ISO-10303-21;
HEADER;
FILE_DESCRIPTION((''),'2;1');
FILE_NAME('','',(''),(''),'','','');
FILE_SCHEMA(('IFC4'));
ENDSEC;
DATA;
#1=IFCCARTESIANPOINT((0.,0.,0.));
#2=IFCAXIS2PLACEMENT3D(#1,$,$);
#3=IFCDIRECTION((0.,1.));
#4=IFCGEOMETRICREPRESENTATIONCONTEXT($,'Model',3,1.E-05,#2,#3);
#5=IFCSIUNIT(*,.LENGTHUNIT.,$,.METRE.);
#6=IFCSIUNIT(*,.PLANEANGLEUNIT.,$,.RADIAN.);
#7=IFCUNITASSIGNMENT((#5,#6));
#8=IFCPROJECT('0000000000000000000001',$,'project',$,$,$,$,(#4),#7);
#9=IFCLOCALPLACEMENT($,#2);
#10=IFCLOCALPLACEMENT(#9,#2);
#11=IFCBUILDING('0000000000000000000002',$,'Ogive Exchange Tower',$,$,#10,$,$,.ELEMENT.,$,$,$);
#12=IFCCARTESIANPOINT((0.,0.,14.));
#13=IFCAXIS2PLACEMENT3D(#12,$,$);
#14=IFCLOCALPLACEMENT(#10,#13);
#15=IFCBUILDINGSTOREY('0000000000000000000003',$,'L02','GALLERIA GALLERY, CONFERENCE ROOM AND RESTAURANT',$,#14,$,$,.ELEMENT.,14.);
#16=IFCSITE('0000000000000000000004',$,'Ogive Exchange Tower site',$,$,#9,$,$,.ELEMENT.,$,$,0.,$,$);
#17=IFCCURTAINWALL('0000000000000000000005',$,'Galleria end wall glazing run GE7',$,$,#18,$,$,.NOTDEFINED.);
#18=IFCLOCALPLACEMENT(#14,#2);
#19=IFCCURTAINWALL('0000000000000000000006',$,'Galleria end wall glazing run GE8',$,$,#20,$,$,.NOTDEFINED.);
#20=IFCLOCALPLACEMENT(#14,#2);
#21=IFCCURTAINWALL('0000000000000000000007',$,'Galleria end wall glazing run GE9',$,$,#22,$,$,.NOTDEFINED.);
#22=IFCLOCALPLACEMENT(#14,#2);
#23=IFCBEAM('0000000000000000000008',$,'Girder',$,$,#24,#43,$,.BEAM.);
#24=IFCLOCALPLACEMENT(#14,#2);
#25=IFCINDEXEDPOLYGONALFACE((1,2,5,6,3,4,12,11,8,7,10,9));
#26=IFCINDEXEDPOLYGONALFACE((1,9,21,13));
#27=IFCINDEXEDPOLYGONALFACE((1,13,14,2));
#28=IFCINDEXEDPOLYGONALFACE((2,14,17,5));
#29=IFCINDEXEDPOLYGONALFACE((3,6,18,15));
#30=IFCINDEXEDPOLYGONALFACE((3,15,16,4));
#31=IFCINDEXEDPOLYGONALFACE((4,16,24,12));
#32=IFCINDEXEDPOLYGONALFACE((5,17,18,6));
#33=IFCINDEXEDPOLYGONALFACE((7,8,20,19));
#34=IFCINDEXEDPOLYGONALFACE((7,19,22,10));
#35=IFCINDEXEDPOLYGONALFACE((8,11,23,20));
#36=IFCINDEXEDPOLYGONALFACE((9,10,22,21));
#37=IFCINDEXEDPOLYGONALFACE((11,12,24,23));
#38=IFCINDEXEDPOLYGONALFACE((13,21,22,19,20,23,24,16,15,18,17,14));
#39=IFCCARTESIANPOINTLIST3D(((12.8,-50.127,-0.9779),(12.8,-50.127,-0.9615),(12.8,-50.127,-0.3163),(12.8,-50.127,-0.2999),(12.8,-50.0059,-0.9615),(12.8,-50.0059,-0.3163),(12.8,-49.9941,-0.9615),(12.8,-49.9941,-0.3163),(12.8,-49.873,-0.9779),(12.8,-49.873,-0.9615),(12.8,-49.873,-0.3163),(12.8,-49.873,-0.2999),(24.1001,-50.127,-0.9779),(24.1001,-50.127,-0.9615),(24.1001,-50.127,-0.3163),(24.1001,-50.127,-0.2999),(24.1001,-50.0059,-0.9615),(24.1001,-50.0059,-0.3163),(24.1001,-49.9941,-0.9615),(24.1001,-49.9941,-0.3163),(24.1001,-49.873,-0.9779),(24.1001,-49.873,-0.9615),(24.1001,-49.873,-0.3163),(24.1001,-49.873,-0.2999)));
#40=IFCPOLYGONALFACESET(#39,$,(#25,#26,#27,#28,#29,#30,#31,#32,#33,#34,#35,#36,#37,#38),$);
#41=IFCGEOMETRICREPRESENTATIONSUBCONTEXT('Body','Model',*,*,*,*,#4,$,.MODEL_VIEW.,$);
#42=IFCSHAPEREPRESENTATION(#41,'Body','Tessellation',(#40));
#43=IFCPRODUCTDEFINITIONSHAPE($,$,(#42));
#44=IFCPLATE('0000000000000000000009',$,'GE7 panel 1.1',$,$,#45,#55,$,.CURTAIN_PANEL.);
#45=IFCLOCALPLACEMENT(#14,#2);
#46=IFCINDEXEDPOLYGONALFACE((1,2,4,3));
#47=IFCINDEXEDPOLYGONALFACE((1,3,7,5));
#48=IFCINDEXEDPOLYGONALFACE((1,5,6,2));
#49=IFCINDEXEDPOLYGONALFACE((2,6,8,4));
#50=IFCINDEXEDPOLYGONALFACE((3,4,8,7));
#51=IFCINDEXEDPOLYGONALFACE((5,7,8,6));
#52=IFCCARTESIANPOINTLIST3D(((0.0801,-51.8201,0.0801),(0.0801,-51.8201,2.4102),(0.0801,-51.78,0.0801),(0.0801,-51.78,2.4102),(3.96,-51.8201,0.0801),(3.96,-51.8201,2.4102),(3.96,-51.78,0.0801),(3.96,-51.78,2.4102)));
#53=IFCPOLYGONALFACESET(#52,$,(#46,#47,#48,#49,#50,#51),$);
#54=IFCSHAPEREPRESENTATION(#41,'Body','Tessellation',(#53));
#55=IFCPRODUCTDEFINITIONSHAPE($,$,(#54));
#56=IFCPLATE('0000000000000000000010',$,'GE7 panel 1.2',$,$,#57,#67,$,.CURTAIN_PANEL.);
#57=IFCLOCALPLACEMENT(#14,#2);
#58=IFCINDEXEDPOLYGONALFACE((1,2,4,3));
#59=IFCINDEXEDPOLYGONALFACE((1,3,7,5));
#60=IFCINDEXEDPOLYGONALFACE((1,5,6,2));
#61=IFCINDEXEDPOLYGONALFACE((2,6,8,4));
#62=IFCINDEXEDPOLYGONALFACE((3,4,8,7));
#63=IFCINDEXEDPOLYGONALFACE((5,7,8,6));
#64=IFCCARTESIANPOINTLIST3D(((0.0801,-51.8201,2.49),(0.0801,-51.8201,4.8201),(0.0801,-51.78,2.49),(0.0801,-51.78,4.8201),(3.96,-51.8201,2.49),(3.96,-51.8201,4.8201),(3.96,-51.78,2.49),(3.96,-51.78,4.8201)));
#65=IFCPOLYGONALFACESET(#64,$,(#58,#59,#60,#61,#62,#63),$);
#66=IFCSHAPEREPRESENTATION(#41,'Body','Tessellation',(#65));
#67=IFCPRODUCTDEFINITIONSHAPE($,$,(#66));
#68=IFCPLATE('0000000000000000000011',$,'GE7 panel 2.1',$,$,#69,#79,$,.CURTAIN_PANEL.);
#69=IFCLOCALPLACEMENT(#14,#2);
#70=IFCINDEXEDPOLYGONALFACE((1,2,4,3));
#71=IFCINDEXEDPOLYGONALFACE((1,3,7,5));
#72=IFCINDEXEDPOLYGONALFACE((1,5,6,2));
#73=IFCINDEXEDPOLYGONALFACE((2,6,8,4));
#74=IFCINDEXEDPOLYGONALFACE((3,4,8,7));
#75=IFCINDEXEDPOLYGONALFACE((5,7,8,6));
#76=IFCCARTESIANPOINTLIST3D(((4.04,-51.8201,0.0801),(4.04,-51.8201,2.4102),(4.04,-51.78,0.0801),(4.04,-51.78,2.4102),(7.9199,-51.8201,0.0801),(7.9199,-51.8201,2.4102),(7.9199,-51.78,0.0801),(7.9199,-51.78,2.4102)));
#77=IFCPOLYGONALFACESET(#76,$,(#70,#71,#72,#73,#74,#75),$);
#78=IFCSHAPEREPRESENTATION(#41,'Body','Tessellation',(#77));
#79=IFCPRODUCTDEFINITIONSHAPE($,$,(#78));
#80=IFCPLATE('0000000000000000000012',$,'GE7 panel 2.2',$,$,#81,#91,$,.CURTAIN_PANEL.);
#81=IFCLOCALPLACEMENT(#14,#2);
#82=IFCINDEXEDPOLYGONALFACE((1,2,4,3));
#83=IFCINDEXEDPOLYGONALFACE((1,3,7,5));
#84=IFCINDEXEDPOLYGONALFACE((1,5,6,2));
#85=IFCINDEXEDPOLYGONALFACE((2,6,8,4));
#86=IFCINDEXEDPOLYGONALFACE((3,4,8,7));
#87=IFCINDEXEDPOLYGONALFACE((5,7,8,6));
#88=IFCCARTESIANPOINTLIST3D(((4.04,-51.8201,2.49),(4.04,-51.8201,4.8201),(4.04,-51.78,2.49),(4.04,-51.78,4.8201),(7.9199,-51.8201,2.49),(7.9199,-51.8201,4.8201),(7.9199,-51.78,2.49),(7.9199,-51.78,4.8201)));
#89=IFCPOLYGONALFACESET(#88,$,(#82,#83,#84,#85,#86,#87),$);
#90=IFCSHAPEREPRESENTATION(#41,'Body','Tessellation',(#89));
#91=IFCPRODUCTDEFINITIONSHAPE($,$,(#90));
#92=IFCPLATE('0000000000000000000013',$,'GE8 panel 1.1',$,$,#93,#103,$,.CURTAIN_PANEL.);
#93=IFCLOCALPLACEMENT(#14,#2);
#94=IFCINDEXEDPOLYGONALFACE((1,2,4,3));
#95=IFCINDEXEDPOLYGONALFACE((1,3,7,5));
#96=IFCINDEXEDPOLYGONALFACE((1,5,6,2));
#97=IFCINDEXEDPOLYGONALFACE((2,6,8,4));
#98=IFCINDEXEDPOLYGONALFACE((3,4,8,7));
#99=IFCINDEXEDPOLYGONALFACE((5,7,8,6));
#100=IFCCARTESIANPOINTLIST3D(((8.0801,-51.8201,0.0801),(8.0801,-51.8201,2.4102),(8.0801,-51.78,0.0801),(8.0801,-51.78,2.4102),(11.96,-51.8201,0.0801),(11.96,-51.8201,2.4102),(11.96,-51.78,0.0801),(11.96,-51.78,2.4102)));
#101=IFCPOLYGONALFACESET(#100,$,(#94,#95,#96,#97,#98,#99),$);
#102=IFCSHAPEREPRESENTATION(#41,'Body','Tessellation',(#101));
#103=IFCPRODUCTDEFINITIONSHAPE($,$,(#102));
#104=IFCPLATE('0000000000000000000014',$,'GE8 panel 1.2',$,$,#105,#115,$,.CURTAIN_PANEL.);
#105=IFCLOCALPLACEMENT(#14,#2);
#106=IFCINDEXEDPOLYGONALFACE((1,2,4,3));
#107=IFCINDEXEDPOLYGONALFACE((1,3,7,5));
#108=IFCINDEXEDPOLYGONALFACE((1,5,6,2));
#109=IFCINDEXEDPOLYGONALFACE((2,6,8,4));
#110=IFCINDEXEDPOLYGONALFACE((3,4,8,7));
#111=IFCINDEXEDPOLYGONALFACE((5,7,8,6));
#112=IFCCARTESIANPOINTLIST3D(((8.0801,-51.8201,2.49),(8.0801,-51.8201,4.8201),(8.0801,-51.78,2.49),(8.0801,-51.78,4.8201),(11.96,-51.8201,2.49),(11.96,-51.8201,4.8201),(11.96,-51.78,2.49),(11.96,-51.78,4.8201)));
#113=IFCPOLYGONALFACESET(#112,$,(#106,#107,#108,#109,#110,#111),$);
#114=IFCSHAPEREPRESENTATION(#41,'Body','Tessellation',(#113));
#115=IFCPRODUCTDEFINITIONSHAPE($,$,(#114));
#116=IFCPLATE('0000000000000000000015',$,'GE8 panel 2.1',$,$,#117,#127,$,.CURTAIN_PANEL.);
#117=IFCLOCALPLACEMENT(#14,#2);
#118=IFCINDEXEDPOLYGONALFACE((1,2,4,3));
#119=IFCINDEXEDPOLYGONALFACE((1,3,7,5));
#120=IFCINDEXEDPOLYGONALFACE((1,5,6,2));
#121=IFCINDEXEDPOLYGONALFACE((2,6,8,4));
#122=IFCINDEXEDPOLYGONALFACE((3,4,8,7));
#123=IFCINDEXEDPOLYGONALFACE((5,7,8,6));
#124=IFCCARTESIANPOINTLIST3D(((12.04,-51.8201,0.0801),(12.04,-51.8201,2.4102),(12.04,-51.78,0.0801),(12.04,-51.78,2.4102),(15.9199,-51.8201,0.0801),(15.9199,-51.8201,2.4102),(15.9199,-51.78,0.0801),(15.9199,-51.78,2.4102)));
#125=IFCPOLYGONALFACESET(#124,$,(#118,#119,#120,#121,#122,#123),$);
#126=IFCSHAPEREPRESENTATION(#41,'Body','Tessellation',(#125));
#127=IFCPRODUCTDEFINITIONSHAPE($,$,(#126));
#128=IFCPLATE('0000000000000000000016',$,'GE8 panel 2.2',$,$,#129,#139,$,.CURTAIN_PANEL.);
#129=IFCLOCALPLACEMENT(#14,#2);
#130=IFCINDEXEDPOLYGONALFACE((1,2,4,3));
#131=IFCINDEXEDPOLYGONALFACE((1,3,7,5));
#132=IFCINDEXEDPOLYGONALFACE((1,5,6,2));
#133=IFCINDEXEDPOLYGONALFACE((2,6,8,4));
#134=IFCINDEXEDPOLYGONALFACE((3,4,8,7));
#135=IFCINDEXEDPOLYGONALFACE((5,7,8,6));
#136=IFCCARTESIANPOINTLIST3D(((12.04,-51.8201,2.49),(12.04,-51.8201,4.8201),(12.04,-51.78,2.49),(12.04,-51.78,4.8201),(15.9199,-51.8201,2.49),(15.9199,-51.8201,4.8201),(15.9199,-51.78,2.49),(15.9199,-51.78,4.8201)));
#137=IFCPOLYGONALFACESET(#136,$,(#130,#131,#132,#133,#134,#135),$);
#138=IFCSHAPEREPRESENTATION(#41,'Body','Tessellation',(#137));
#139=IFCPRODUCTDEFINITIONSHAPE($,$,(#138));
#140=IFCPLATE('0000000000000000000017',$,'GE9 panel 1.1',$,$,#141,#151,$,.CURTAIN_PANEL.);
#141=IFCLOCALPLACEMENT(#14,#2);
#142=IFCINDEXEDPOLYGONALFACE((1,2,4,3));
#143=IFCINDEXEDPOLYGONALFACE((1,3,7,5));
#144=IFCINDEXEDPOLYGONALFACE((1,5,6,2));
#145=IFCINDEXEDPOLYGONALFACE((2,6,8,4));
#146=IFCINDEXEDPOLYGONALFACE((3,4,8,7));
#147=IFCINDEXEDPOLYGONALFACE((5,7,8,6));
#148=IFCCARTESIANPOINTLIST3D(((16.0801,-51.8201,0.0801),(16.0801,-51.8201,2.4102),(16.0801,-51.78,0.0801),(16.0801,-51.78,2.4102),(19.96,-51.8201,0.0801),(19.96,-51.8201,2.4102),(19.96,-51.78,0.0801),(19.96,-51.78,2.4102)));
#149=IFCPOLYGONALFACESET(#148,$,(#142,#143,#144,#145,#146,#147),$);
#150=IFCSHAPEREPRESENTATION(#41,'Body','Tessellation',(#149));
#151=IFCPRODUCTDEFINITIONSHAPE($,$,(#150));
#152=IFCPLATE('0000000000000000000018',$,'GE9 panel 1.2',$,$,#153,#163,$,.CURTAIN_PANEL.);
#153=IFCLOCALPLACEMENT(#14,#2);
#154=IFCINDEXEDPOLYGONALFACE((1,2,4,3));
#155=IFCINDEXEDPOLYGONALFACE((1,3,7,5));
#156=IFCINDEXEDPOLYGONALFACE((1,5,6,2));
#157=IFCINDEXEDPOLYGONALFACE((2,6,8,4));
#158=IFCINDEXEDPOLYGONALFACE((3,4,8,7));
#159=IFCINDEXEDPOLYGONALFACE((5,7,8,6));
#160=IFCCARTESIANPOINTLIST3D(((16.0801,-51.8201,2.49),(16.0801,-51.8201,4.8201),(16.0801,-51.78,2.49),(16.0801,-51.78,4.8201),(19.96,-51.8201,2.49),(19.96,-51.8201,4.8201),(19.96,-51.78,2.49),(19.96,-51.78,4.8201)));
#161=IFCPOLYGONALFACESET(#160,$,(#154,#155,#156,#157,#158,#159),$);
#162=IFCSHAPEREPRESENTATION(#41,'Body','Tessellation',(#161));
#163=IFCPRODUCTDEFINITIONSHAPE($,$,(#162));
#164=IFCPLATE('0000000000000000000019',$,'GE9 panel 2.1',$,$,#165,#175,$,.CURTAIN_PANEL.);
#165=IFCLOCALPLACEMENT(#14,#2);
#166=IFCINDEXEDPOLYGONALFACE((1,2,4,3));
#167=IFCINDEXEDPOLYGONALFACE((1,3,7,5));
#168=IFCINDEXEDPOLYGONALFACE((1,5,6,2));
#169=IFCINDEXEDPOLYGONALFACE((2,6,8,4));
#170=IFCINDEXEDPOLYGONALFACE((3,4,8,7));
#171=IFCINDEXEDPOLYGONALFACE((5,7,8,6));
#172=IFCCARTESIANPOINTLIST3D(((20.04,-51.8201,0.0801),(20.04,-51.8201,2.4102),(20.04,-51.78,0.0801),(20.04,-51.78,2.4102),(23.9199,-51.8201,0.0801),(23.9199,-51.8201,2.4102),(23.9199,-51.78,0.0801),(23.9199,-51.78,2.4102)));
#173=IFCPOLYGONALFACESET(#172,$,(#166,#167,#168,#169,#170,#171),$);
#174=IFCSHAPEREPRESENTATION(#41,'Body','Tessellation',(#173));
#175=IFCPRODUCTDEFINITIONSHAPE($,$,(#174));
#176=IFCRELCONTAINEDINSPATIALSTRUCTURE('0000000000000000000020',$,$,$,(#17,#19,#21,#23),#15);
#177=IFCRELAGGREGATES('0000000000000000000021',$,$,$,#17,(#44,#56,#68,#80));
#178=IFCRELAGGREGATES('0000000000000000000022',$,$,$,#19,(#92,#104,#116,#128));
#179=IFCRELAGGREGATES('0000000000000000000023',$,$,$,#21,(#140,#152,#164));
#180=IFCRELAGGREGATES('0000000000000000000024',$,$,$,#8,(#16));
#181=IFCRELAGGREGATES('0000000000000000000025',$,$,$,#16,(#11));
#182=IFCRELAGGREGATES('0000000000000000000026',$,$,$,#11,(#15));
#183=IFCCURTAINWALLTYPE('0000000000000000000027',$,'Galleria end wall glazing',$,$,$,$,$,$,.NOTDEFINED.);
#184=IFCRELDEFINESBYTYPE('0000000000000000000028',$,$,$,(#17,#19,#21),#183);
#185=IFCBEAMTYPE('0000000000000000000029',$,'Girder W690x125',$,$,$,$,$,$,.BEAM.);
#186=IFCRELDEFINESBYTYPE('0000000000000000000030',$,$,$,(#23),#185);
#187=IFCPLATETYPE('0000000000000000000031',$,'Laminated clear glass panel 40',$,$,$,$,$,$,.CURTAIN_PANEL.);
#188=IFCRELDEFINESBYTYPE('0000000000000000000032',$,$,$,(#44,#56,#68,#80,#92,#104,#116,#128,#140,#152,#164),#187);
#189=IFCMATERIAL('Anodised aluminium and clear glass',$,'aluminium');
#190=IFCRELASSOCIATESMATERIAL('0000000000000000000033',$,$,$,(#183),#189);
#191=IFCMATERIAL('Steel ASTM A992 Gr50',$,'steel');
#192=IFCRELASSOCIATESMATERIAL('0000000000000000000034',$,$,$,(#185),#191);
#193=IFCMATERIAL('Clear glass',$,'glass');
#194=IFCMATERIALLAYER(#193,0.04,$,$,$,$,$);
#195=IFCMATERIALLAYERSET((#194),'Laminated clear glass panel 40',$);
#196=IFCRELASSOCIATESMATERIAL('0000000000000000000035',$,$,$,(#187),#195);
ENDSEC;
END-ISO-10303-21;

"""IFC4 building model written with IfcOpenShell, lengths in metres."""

from ifc_helpers import new_model, si_unit, direction, frame, origin, origin_2d, place, context, subcontext, project, spatial, rectangle, i_section, extrude, material, layer, layer_set, material_profile, profile_set, type_object, element, aggregate, save


model = new_model("IFC4")

# Units and contexts
model_context = context("Model", 3, precision=1e-05, world=origin(), true_north=direction((0.0, 1.0)))
body_context = subcontext(model_context, "Body", "Model", "MODEL_VIEW")
ifc_project = project(units=[si_unit("LENGTHUNIT", "METRE"), si_unit("PLANEANGLEUNIT", "RADIAN")], contexts=[model_context])

# Site, building, storey
site_placement = place(None, origin())
site = spatial("IfcSite", under=ifc_project, at=site_placement, Name="Ogive Exchange Tower site", CompositionType="ELEMENT", RefElevation=0.0)
building_placement = place(site_placement, origin())
building = spatial("IfcBuilding", under=site, at=building_placement, Name="Ogive Exchange Tower", CompositionType="ELEMENT")
storey_placement = place(building_placement, frame((0.0, 0.0, 14.0)))
storey = spatial("IfcBuildingStorey", under=building, at=storey_placement, Name="L02", Description="GALLERIA GALLERY, CONFERENCE ROOM AND RESTAURANT", CompositionType="ELEMENT", Elevation=14.0)

# Curtain walls
ifc_material_1 = material(Name="Anodised aluminium and clear glass", Category="aluminium")
curtain_wall_type = type_object("IfcCurtainWallType", Name="Galleria end wall glazing", PredefinedType="NOTDEFINED", material=ifc_material_1)
curtain_wall_1_placement = place(storey_placement, origin())
curtain_wall_1 = element("IfcCurtainWall", 1, at=curtain_wall_1_placement, inside=storey, type_object=curtain_wall_type, Name="Galleria end wall glazing run GE7", PredefinedType="NOTDEFINED")
curtain_wall_2_placement = place(storey_placement, origin())
curtain_wall_2 = element("IfcCurtainWall", 2, at=curtain_wall_2_placement, inside=storey, type_object=curtain_wall_type, Name="Galleria end wall glazing run GE8", PredefinedType="NOTDEFINED")
curtain_wall_3_placement = place(storey_placement, origin())
curtain_wall_3 = element("IfcCurtainWall", 3, at=curtain_wall_3_placement, inside=storey, type_object=curtain_wall_type, Name="Galleria end wall glazing run GE9", PredefinedType="NOTDEFINED")

# Beam
ifc_material_2 = material(Name="Steel ASTM A992 Gr50", Category="steel")
ifc_material_profile_1 = material_profile(ifc_material_2, i_section(OverallWidth=0.2539, OverallDepth=0.678, WebThickness=0.0117, FlangeThickness=0.0164, at=origin_2d()), Name="W690x125")
ifc_profile_set_1 = profile_set([ifc_material_profile_1], Name="Steel ASTM A992 Gr50")
beam_type = type_object("IfcBeamType", Name="Girder W690x125", PredefinedType="BEAM", material=ifc_profile_set_1)
for number, where, z_axis, x_axis, name in (
    (4, (12.8, -50.0, -0.6389), (1.0, 0.0, 0.0), (0.0, 1.0, 0.0), "Girder"),
):
    element("IfcBeam", number, at=place(storey_placement, frame(where, z_axis=z_axis, x_axis=x_axis)), inside=storey, type_object=beam_type, Name=name, PredefinedType="BEAM", context=body_context, shape_type="SweptSolid", body=[
        extrude(i_section(OverallWidth=0.2539, OverallDepth=0.678, WebThickness=0.0117, FlangeThickness=0.0164, at=origin_2d()), origin(), (0.0, 0.0, 1.0), 11.3),
    ])

# Plates
ifc_material_3 = material(Name="Clear glass", Category="glass")
ifc_layer = layer(ifc_material_3, 0.04)
ifc_layer_set = layer_set([ifc_layer], Name="Laminated clear glass panel 40")
plate_type = type_object("IfcPlateType", Name="Laminated clear glass panel 40", PredefinedType="CURTAIN_PANEL", material=ifc_layer_set)
plate_1_placement = place(storey_placement, frame((2.02, -51.8, 0.0801), z_axis=(0.0, 0.0, 1.0), x_axis=(1.0, 0.0, 0.0)))
plate_1 = element("IfcPlate", 5, at=plate_1_placement, type_object=plate_type, Name="GE7 panel 1.1", PredefinedType="CURTAIN_PANEL", context=body_context, shape_type="SweptSolid", body=[
    extrude(rectangle(XDim=3.8799, YDim=0.04, at=origin_2d()), origin(), (0.0, 0.0, 1.0), 2.3301),
])
plate_2_placement = place(storey_placement, frame((2.02, -51.8, 2.49), z_axis=(0.0, 0.0, 1.0), x_axis=(1.0, 0.0, 0.0)))
plate_2 = element("IfcPlate", 6, at=plate_2_placement, type_object=plate_type, Name="GE7 panel 1.2", PredefinedType="CURTAIN_PANEL", context=body_context, shape_type="SweptSolid", body=[
    extrude(rectangle(XDim=3.8799, YDim=0.04, at=origin_2d()), origin(), (0.0, 0.0, 1.0), 2.3301),
])
plate_3_placement = place(storey_placement, frame((5.98, -51.8, 0.0801), z_axis=(0.0, 0.0, 1.0), x_axis=(1.0, 0.0, 0.0)))
plate_3 = element("IfcPlate", 7, at=plate_3_placement, type_object=plate_type, Name="GE7 panel 2.1", PredefinedType="CURTAIN_PANEL", context=body_context, shape_type="SweptSolid", body=[
    extrude(rectangle(XDim=3.8799, YDim=0.04, at=origin_2d()), origin(), (0.0, 0.0, 1.0), 2.3301),
])
plate_4_placement = place(storey_placement, frame((5.98, -51.8, 2.49), z_axis=(0.0, 0.0, 1.0), x_axis=(1.0, 0.0, 0.0)))
plate_4 = element("IfcPlate", 8, at=plate_4_placement, type_object=plate_type, Name="GE7 panel 2.2", PredefinedType="CURTAIN_PANEL", context=body_context, shape_type="SweptSolid", body=[
    extrude(rectangle(XDim=3.8799, YDim=0.04, at=origin_2d()), origin(), (0.0, 0.0, 1.0), 2.3301),
])
aggregate(curtain_wall_1, [plate_1, plate_2, plate_3, plate_4])
plate_5_placement = place(storey_placement, frame((10.02, -51.8, 0.0801), z_axis=(0.0, 0.0, 1.0), x_axis=(1.0, 0.0, 0.0)))
plate_5 = element("IfcPlate", 9, at=plate_5_placement, type_object=plate_type, Name="GE8 panel 1.1", PredefinedType="CURTAIN_PANEL", context=body_context, shape_type="SweptSolid", body=[
    extrude(rectangle(XDim=3.8799, YDim=0.04, at=origin_2d()), origin(), (0.0, 0.0, 1.0), 2.3301),
])
plate_6_placement = place(storey_placement, frame((10.02, -51.8, 2.49), z_axis=(0.0, 0.0, 1.0), x_axis=(1.0, 0.0, 0.0)))
plate_6 = element("IfcPlate", 10, at=plate_6_placement, type_object=plate_type, Name="GE8 panel 1.2", PredefinedType="CURTAIN_PANEL", context=body_context, shape_type="SweptSolid", body=[
    extrude(rectangle(XDim=3.8799, YDim=0.04, at=origin_2d()), origin(), (0.0, 0.0, 1.0), 2.3301),
])
plate_7_placement = place(storey_placement, frame((13.98, -51.8, 0.0801), z_axis=(0.0, 0.0, 1.0), x_axis=(1.0, 0.0, 0.0)))
plate_7 = element("IfcPlate", 11, at=plate_7_placement, type_object=plate_type, Name="GE8 panel 2.1", PredefinedType="CURTAIN_PANEL", context=body_context, shape_type="SweptSolid", body=[
    extrude(rectangle(XDim=3.8799, YDim=0.04, at=origin_2d()), origin(), (0.0, 0.0, 1.0), 2.3301),
])
plate_8_placement = place(storey_placement, frame((13.98, -51.8, 2.49), z_axis=(0.0, 0.0, 1.0), x_axis=(1.0, 0.0, 0.0)))
plate_8 = element("IfcPlate", 12, at=plate_8_placement, type_object=plate_type, Name="GE8 panel 2.2", PredefinedType="CURTAIN_PANEL", context=body_context, shape_type="SweptSolid", body=[
    extrude(rectangle(XDim=3.8799, YDim=0.04, at=origin_2d()), origin(), (0.0, 0.0, 1.0), 2.3301),
])
aggregate(curtain_wall_2, [plate_5, plate_6, plate_7, plate_8])
plate_9_placement = place(storey_placement, frame((18.02, -51.8, 0.0801), z_axis=(0.0, 0.0, 1.0), x_axis=(1.0, 0.0, 0.0)))
plate_9 = element("IfcPlate", 13, at=plate_9_placement, type_object=plate_type, Name="GE9 panel 1.1", PredefinedType="CURTAIN_PANEL", context=body_context, shape_type="SweptSolid", body=[
    extrude(rectangle(XDim=3.8799, YDim=0.04, at=origin_2d()), origin(), (0.0, 0.0, 1.0), 2.3301),
])
plate_10_placement = place(storey_placement, frame((18.02, -51.8, 2.49), z_axis=(0.0, 0.0, 1.0), x_axis=(1.0, 0.0, 0.0)))
plate_10 = element("IfcPlate", 14, at=plate_10_placement, type_object=plate_type, Name="GE9 panel 1.2", PredefinedType="CURTAIN_PANEL", context=body_context, shape_type="SweptSolid", body=[
    extrude(rectangle(XDim=3.8799, YDim=0.04, at=origin_2d()), origin(), (0.0, 0.0, 1.0), 2.3301),
])
plate_11_placement = place(storey_placement, frame((21.98, -51.8, 0.0801), z_axis=(0.0, 0.0, 1.0), x_axis=(1.0, 0.0, 0.0)))
plate_11 = element("IfcPlate", 15, at=plate_11_placement, type_object=plate_type, Name="GE9 panel 2.1", PredefinedType="CURTAIN_PANEL", context=body_context, shape_type="SweptSolid", body=[
    extrude(rectangle(XDim=3.8799, YDim=0.04, at=origin_2d()), origin(), (0.0, 0.0, 1.0), 2.3301),
])
aggregate(curtain_wall_3, [plate_9, plate_10, plate_11])

save(model, "model.ifc")
